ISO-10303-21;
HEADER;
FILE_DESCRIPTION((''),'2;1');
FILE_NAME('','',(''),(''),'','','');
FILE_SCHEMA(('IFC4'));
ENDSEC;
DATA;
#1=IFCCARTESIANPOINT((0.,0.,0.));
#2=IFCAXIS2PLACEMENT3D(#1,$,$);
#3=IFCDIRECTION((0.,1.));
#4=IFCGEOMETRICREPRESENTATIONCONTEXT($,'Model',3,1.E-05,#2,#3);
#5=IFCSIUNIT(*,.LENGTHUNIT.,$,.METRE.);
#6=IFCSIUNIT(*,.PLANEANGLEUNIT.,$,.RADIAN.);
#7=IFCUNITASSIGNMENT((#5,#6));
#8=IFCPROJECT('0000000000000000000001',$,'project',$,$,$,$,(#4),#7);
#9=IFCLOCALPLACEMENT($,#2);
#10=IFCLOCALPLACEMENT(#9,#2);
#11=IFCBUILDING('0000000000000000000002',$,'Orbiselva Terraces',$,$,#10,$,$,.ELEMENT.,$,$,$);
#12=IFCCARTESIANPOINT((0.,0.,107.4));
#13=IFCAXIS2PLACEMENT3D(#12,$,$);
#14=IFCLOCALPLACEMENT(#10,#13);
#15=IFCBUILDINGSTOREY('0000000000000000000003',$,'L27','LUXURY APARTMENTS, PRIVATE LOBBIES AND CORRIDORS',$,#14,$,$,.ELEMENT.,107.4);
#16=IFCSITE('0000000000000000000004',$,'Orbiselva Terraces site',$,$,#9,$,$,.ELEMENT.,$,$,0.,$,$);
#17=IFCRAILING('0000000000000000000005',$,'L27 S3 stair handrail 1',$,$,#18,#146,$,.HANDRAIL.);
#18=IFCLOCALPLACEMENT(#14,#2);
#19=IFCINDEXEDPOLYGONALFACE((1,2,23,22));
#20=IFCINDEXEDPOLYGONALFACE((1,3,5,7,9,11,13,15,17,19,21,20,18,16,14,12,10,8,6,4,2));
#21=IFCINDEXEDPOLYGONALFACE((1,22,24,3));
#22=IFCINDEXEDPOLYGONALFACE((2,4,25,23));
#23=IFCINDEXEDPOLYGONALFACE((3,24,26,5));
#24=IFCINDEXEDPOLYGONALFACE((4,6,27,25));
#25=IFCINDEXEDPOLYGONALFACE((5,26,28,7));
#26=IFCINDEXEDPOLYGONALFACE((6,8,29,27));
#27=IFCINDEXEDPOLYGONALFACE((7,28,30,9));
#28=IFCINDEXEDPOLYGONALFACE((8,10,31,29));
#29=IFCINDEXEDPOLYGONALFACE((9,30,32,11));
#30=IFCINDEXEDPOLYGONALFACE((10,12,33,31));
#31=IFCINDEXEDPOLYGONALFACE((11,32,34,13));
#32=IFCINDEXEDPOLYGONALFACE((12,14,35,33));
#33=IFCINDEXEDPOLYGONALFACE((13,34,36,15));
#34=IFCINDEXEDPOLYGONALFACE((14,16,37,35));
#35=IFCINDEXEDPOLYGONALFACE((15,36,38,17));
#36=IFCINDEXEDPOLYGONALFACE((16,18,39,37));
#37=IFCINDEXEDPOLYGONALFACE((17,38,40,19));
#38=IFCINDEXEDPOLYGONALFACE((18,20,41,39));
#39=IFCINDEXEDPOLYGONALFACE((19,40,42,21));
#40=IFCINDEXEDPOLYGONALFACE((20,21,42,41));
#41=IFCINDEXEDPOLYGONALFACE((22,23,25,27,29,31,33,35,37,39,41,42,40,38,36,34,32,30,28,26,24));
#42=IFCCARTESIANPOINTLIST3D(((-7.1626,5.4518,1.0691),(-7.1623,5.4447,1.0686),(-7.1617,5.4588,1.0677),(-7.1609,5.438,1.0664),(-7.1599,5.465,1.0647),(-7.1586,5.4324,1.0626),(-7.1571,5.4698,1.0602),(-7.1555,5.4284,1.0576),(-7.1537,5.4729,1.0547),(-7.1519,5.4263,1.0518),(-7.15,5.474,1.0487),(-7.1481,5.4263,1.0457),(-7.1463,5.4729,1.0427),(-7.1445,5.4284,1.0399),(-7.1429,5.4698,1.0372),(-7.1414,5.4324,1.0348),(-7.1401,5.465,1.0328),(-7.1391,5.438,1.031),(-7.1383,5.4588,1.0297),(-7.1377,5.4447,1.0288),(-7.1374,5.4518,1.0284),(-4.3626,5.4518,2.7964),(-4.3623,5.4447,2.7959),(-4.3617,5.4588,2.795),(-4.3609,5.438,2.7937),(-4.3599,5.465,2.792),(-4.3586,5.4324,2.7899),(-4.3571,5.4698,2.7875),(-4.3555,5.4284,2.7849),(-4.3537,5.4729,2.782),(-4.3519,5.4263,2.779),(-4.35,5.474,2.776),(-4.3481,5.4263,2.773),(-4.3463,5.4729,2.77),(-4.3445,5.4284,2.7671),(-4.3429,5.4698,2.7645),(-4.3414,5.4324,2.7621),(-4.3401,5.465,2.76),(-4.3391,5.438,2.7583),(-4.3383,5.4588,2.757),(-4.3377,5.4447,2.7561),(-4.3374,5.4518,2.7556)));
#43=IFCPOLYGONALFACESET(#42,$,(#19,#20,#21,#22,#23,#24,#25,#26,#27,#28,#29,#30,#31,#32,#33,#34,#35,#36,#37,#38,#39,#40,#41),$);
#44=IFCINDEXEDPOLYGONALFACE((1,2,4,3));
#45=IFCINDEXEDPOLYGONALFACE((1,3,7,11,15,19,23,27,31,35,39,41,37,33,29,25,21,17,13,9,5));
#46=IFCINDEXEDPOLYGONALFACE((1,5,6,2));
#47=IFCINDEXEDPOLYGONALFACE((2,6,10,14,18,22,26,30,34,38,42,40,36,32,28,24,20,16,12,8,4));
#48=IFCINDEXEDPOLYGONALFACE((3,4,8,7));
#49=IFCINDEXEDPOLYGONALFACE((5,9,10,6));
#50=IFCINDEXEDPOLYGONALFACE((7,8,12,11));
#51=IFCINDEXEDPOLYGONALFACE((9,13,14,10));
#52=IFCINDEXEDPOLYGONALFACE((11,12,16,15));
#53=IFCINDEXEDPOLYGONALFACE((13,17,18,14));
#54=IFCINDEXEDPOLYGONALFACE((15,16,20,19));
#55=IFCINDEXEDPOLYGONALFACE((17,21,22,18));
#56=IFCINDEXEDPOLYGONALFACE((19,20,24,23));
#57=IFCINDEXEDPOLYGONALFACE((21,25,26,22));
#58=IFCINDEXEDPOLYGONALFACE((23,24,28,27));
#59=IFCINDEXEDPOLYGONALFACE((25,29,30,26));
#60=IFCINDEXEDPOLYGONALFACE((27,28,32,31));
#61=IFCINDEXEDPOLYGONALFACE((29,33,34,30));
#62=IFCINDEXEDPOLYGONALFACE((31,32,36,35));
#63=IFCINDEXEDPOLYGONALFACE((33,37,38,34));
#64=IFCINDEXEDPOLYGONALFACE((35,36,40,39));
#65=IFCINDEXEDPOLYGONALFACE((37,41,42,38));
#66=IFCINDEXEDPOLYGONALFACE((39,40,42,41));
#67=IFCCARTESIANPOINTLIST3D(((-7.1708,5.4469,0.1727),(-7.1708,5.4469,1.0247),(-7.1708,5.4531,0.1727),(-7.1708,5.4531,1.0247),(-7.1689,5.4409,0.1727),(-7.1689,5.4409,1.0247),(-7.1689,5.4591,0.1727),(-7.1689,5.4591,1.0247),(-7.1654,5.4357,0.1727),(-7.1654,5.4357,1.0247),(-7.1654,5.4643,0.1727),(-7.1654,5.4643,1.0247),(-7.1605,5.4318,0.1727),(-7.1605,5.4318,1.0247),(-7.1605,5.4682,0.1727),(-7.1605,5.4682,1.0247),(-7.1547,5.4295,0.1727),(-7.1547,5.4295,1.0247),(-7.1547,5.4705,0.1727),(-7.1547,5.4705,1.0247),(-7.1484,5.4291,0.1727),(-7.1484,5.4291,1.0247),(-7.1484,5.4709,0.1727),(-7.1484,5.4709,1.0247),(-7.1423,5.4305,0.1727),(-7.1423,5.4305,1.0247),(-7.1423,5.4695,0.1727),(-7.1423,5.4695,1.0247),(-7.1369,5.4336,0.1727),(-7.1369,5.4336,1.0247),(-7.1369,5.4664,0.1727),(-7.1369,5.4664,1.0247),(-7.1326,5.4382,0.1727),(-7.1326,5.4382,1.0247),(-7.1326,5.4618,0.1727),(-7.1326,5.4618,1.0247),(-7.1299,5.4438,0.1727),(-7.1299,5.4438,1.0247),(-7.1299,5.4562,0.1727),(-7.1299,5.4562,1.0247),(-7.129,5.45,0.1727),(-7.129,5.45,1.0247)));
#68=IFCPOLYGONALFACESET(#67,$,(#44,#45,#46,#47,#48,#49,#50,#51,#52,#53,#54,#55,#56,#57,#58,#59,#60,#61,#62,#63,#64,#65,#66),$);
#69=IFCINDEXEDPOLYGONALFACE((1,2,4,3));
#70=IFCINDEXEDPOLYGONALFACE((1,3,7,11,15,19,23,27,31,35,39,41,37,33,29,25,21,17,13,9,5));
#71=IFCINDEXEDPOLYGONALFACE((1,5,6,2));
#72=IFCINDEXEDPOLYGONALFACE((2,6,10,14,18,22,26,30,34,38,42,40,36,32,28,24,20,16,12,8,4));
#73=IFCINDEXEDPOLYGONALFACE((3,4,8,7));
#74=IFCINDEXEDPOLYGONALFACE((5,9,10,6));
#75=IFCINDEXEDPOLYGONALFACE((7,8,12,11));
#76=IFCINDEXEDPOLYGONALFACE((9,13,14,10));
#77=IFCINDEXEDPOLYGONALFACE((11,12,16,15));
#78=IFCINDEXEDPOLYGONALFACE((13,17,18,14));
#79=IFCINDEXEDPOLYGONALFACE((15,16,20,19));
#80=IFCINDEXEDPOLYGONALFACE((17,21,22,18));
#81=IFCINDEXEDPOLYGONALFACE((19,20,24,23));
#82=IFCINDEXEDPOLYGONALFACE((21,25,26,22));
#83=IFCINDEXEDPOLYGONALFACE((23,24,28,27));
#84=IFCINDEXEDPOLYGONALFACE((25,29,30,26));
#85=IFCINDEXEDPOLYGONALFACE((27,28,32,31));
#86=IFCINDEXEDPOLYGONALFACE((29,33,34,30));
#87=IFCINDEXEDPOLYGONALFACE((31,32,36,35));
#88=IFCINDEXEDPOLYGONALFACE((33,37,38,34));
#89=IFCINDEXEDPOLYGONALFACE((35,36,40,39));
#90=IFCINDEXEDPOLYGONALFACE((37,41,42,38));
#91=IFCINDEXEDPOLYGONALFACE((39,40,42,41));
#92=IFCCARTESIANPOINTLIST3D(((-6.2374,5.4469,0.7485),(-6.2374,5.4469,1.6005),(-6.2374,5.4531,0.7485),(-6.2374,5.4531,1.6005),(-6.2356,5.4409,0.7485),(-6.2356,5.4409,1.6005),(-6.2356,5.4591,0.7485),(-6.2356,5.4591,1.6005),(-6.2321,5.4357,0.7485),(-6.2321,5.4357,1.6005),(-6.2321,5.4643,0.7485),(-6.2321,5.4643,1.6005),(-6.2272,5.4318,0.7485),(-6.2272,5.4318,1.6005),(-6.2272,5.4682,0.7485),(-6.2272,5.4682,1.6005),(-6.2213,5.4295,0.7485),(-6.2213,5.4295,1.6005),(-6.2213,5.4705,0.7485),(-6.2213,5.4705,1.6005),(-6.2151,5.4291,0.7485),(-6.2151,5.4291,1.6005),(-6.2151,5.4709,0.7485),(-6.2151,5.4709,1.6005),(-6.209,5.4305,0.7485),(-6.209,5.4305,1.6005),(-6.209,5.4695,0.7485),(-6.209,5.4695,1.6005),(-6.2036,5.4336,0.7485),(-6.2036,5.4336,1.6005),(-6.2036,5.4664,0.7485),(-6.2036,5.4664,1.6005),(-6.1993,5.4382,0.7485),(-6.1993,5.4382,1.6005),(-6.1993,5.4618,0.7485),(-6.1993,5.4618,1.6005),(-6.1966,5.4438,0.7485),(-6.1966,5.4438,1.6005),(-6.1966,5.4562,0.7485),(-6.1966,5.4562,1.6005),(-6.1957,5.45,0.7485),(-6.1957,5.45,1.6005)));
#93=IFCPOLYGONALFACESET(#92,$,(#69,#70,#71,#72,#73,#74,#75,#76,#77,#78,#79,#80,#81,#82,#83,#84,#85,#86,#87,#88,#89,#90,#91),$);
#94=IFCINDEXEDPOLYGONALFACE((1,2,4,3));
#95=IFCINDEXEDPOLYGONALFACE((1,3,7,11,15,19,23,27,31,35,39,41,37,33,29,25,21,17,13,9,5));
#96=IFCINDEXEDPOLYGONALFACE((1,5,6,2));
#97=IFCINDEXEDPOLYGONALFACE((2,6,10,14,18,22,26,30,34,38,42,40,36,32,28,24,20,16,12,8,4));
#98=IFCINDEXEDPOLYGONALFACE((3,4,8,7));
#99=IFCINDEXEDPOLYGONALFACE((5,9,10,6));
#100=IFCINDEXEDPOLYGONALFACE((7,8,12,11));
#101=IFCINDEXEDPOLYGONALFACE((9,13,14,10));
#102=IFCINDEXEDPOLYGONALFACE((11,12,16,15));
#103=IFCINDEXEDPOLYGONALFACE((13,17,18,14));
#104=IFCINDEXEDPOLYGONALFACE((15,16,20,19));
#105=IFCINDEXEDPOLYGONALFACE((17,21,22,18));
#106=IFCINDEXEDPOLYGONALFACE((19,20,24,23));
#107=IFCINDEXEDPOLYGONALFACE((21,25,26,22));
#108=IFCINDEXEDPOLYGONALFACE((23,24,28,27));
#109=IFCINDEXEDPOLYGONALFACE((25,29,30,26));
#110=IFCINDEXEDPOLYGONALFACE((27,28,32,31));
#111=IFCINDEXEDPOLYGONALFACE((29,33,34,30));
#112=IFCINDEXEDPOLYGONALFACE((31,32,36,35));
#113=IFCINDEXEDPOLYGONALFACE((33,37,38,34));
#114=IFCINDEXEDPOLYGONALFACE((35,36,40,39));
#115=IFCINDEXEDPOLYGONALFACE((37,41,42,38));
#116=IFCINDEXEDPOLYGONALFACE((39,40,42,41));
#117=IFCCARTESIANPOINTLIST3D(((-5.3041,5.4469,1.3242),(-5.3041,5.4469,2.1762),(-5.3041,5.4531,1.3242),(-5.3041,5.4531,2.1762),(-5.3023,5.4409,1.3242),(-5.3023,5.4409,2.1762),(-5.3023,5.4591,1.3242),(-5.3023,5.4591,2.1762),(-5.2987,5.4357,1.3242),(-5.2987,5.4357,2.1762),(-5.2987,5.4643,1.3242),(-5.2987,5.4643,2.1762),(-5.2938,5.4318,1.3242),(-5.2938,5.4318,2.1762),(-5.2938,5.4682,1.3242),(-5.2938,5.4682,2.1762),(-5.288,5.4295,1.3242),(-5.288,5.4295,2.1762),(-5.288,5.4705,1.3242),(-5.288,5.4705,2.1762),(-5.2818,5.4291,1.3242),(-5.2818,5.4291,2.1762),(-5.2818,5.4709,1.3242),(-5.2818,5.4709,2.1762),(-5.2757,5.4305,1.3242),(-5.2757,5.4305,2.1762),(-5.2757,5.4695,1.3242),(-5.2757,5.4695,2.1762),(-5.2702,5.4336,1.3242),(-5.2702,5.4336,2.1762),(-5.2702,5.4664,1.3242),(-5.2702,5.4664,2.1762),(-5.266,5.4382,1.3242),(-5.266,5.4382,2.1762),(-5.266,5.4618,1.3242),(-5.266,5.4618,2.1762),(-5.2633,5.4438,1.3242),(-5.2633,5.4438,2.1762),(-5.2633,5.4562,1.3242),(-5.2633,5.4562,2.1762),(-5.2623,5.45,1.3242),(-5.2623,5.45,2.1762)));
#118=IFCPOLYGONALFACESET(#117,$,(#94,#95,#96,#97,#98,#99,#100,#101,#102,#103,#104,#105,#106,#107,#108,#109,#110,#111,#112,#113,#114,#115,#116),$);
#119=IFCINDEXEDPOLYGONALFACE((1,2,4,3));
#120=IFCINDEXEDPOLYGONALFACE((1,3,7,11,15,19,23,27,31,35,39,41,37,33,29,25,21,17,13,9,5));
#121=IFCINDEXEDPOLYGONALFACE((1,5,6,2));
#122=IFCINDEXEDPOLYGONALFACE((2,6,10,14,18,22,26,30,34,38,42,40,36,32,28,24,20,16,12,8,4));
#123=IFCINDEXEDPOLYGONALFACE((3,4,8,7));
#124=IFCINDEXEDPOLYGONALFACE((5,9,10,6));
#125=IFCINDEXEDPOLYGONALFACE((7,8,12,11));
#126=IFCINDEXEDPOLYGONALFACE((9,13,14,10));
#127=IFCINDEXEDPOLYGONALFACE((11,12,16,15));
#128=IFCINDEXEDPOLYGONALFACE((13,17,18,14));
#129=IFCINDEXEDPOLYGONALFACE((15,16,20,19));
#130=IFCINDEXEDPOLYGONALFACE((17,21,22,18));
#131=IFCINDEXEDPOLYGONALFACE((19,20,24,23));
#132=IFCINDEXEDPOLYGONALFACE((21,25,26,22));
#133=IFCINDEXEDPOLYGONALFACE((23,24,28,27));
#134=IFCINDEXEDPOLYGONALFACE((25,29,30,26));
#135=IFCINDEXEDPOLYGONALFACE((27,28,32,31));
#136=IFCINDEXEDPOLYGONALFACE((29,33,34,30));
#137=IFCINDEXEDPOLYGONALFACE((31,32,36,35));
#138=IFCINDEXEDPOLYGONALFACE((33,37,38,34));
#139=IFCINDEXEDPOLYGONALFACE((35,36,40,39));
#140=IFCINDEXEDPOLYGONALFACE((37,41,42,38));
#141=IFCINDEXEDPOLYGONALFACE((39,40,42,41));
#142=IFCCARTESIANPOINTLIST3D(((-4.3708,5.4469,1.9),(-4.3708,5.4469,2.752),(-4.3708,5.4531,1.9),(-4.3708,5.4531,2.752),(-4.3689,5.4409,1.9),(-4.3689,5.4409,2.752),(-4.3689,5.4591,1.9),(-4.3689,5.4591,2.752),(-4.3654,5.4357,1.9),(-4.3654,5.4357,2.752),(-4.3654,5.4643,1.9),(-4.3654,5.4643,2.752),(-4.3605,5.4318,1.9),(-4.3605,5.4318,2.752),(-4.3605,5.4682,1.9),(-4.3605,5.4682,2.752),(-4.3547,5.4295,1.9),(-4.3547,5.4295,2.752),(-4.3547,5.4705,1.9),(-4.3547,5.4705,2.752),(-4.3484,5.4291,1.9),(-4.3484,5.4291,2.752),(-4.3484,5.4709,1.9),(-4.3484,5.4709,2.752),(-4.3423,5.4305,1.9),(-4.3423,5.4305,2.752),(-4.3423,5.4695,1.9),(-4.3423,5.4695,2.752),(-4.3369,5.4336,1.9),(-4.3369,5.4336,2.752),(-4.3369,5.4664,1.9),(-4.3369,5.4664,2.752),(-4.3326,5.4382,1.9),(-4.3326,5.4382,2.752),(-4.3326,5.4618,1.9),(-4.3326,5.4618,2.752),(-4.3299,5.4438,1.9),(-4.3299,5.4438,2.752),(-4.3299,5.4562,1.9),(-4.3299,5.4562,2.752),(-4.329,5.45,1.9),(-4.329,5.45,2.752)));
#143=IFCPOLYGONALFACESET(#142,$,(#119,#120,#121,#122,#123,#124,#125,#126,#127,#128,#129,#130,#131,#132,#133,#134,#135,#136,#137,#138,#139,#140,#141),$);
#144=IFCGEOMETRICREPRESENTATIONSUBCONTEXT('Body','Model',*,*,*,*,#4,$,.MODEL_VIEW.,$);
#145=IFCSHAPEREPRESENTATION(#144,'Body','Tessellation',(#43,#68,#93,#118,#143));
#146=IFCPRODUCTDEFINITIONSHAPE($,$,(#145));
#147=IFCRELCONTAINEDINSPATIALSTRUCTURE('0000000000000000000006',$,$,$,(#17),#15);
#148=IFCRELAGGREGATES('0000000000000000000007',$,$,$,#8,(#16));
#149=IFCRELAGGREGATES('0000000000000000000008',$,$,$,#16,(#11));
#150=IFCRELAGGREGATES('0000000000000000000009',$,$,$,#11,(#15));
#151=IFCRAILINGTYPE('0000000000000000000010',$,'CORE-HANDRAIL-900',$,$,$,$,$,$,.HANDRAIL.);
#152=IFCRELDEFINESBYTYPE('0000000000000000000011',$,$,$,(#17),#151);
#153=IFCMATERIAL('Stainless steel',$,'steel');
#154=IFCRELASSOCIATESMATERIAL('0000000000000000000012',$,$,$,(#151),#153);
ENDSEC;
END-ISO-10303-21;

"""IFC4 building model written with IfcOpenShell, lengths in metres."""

from ifc_helpers import new_model, si_unit, direction, frame, origin, origin_2d, place, context, subcontext, project, spatial, circle, extrude, material, type_object, element, save


model = new_model("IFC4")

# Units and contexts
model_context = context("Model", 3, precision=1e-05, world=origin(), true_north=direction((0.0, 1.0)))
body_context = subcontext(model_context, "Body", "Model", "MODEL_VIEW")
ifc_project = project(units=[si_unit("LENGTHUNIT", "METRE"), si_unit("PLANEANGLEUNIT", "RADIAN")], contexts=[model_context])

# Site, building, storey
site_placement = place(None, origin())
site = spatial("IfcSite", under=ifc_project, at=site_placement, Name="Orbiselva Terraces site", CompositionType="ELEMENT", RefElevation=0.0)
building_placement = place(site_placement, origin())
building = spatial("IfcBuilding", under=site, at=building_placement, Name="Orbiselva Terraces", CompositionType="ELEMENT")
storey_placement = place(building_placement, frame((0.0, 0.0, 107.4)))
storey = spatial("IfcBuildingStorey", under=building, at=storey_placement, Name="L27", Description="LUXURY APARTMENTS, PRIVATE LOBBIES AND CORRIDORS", CompositionType="ELEMENT", Elevation=107.4)

# Railing
ifc_material_1 = material(Name="Stainless steel", Category="steel")
railing_type_1 = type_object("IfcRailingType", Name="CORE-HANDRAIL-900", PredefinedType="HANDRAIL", material=ifc_material_1)
railing_1_placement = place(storey_placement, frame((-7.15, 5.45, 0.1727)))
element("IfcRailing", 1, at=railing_1_placement, inside=storey, type_object=railing_type_1, Name="L27 S3 stair handrail 1", PredefinedType="HANDRAIL", context=body_context, shape_type="SweptSolid", body=[
    extrude(circle(Radius=0.024, at=origin_2d()), frame((0.0, 0.0, 0.876), z_axis=(0.851089, 0.0, 0.525022), x_axis=(0.0, 1.0, 0.0)), (0.0, 0.0, 1.0), 3.2899),
    extrude(circle(Radius=0.021, at=origin_2d()), origin(), (0.0, 0.0, 1.0), 0.852),
    extrude(circle(Radius=0.021, at=origin_2d()), frame((0.9333, 0.0, 0.5758)), (0.0, 0.0, 1.0), 0.852),
    extrude(circle(Radius=0.021, at=origin_2d()), frame((1.8667, 0.0, 1.1515)), (0.0, 0.0, 1.0), 0.852),
    extrude(circle(Radius=0.021, at=origin_2d()), frame((2.8, 0.0, 1.7273)), (0.0, 0.0, 1.0), 0.852),
])

save(model, "model.ifc")
